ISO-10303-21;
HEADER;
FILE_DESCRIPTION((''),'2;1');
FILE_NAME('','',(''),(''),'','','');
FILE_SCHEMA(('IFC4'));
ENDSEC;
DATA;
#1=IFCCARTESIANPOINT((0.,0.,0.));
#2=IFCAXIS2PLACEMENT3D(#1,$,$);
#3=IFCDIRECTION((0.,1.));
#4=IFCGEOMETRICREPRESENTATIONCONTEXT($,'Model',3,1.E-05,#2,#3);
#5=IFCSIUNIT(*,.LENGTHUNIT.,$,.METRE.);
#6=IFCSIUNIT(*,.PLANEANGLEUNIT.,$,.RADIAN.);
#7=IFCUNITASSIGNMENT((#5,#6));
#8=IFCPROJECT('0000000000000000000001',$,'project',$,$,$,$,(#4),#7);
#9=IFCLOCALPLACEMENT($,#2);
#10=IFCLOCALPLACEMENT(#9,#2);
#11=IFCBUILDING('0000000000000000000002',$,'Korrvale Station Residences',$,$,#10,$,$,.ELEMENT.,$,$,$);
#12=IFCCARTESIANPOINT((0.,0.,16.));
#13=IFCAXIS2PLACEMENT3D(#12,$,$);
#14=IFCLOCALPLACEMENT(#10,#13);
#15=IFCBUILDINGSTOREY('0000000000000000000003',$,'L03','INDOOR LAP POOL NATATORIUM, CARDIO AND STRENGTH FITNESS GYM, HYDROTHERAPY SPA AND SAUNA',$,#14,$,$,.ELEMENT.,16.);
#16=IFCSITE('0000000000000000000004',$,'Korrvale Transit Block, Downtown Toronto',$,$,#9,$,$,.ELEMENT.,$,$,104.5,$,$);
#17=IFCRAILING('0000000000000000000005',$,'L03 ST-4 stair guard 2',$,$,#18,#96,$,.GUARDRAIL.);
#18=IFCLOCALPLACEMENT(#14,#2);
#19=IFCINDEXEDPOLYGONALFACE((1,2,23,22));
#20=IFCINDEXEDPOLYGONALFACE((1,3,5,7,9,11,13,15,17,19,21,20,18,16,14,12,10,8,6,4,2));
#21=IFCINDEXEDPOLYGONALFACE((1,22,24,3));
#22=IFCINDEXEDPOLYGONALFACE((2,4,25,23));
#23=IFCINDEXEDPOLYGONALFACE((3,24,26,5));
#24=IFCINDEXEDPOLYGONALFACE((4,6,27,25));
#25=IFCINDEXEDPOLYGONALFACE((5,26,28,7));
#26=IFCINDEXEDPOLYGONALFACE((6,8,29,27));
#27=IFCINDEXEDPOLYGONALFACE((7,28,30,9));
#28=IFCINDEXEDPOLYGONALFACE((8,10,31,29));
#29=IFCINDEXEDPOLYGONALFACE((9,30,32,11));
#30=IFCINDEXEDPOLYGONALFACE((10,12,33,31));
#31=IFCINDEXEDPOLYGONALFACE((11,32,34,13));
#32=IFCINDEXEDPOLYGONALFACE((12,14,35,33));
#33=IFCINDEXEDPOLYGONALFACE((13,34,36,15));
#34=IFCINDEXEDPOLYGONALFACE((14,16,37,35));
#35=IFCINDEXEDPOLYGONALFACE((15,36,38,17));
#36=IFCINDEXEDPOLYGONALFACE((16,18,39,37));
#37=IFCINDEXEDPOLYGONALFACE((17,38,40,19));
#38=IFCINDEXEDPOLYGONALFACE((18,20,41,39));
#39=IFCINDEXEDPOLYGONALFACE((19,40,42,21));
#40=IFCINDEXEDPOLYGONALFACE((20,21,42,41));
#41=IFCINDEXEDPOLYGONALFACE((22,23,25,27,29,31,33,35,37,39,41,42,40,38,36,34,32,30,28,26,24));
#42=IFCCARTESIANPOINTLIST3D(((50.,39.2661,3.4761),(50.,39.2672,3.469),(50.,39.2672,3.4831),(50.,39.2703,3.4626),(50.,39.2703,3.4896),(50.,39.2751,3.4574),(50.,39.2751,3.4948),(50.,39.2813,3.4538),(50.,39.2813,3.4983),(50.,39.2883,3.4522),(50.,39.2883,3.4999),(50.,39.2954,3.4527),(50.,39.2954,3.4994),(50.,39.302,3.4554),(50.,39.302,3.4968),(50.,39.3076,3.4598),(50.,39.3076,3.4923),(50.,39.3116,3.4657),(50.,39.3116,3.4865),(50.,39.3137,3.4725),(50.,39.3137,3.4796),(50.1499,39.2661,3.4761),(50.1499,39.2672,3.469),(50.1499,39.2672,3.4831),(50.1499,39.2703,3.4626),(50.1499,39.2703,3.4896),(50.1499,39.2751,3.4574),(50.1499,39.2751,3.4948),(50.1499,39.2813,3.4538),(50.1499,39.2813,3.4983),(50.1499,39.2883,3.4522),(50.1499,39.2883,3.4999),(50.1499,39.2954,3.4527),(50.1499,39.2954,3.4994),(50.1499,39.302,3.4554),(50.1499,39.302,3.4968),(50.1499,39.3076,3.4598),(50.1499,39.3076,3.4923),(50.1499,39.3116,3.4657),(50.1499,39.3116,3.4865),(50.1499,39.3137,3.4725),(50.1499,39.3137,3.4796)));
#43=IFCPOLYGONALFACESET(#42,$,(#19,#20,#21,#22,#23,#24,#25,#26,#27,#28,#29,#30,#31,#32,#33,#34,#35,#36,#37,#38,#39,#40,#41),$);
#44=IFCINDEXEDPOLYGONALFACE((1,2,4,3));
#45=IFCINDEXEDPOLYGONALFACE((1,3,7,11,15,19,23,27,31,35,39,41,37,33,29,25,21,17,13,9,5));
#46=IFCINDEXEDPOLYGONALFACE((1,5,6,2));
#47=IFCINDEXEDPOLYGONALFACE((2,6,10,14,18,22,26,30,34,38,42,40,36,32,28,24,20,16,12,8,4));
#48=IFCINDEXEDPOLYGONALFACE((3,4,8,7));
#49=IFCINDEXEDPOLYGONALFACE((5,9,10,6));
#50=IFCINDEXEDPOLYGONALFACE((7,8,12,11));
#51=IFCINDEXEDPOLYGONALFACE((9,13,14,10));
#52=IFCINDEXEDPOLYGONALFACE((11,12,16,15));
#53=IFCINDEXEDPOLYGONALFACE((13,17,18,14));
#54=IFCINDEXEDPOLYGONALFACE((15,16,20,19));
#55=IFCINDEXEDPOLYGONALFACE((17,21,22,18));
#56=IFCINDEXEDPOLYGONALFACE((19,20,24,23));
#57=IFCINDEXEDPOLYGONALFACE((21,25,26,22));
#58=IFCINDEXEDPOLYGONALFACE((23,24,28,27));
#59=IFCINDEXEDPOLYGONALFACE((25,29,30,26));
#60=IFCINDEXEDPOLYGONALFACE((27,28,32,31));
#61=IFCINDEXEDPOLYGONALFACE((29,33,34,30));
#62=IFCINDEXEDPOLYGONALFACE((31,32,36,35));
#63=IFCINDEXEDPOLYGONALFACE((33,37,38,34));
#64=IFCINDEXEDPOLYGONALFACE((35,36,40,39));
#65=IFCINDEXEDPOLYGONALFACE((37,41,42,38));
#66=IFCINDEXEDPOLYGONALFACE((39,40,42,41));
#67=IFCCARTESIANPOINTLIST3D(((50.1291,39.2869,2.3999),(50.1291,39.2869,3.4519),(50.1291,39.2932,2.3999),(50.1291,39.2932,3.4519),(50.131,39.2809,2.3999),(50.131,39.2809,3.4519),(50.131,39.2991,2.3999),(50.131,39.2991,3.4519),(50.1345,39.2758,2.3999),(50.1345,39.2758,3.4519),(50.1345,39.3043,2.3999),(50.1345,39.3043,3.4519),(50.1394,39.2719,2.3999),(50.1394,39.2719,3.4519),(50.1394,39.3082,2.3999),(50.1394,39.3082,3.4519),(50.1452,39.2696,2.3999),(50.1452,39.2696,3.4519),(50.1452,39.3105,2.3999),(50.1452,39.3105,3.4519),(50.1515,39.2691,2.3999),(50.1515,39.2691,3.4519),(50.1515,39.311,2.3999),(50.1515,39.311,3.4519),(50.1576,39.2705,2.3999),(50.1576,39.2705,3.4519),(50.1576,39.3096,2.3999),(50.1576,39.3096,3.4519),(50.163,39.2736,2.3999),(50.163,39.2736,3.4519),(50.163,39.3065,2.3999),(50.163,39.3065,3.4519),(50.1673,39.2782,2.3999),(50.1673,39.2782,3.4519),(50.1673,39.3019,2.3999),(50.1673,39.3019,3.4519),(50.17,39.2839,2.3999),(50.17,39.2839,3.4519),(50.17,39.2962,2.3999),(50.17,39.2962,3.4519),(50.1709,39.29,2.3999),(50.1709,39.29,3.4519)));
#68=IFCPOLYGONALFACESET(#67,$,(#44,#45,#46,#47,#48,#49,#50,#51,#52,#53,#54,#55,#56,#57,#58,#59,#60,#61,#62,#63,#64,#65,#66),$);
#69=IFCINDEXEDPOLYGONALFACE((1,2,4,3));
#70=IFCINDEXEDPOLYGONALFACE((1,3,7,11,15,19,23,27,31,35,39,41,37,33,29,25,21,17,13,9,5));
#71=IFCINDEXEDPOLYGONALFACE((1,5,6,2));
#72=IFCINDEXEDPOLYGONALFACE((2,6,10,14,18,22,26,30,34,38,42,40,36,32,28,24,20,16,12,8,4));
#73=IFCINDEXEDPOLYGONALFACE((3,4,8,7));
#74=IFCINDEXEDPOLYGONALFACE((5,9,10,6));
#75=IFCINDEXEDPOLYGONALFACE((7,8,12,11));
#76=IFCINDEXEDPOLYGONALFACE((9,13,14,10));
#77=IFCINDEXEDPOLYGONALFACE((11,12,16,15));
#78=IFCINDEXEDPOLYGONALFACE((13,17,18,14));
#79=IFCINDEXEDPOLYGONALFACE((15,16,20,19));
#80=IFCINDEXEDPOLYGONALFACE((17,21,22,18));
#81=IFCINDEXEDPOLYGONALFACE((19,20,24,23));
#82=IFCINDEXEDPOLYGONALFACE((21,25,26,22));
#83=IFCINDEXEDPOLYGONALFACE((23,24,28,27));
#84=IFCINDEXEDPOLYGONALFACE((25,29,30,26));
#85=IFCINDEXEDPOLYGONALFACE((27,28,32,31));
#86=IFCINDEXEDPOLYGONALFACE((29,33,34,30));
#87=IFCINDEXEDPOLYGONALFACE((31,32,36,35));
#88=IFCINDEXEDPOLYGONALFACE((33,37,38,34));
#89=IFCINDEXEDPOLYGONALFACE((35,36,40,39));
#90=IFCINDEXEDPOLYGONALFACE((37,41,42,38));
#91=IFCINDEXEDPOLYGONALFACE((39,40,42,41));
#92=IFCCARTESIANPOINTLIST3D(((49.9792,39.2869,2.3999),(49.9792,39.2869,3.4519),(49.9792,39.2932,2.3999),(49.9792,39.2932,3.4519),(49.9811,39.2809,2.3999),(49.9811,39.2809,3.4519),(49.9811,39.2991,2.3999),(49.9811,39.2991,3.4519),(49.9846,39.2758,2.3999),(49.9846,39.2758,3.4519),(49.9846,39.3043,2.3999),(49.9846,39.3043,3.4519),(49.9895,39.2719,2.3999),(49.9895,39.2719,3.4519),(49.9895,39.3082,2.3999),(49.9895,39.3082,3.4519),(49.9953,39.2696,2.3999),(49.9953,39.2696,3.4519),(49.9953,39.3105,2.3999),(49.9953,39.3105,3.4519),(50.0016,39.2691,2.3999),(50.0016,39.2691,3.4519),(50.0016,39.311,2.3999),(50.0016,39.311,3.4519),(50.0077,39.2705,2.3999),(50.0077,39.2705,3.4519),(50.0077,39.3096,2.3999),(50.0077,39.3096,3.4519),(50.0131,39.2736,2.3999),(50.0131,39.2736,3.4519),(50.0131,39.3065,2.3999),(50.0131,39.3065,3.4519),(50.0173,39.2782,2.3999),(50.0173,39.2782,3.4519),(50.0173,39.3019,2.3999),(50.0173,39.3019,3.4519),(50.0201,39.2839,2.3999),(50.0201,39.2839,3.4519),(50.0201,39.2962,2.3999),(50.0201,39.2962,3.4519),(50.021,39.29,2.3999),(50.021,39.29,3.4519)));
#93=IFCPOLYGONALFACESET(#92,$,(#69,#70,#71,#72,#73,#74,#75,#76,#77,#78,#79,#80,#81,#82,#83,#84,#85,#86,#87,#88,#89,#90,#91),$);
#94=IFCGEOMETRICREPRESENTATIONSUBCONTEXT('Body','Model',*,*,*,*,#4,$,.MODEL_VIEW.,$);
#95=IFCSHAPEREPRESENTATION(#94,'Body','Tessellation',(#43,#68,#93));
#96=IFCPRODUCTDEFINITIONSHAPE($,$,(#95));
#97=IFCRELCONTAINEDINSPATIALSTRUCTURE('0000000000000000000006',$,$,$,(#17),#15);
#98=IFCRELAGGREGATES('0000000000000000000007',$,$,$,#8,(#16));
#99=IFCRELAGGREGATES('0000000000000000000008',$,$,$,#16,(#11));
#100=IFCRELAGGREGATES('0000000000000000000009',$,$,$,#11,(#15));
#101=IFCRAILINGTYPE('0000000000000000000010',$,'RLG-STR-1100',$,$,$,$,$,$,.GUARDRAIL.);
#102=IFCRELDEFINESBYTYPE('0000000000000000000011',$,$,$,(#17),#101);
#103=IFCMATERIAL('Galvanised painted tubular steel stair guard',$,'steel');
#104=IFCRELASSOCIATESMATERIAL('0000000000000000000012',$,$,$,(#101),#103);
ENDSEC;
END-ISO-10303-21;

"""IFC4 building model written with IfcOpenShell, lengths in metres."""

from ifc_helpers import new_model, si_unit, direction, frame, origin, origin_2d, place, context, subcontext, project, spatial, circle, extrude, material, type_object, element, save


model = new_model("IFC4")

# Units and contexts
model_context = context("Model", 3, precision=1e-05, world=origin(), true_north=direction((0.0, 1.0)))
body_context = subcontext(model_context, "Body", "Model", "MODEL_VIEW")
ifc_project = project(units=[si_unit("LENGTHUNIT", "METRE"), si_unit("PLANEANGLEUNIT", "RADIAN")], contexts=[model_context])

# Site, building, storey
site_placement = place(None, origin())
site = spatial("IfcSite", under=ifc_project, at=site_placement, Name="Korrvale Transit Block, Downtown Toronto", CompositionType="ELEMENT", RefElevation=104.5)
building_placement = place(site_placement, origin())
building = spatial("IfcBuilding", under=site, at=building_placement, Name="Korrvale Station Residences", CompositionType="ELEMENT")
storey_placement = place(building_placement, frame((0.0, 0.0, 16.0)))
storey = spatial("IfcBuildingStorey", under=building, at=storey_placement, Name="L03", Description="INDOOR LAP POOL NATATORIUM, CARDIO AND STRENGTH FITNESS GYM, HYDROTHERAPY SPA AND SAUNA", CompositionType="ELEMENT", Elevation=16.0)

# Railing
ifc_material_1 = material(Name="Galvanised painted tubular steel stair guard", Category="steel")
railing_type_1 = type_object("IfcRailingType", Name="RLG-STR-1100", PredefinedType="GUARDRAIL", material=ifc_material_1)
railing_1_placement = place(storey_placement, frame((50.1499, 39.29, 2.3999)))
element("IfcRailing", 1, at=railing_1_placement, inside=storey, type_object=railing_type_1, Name="L03 ST-4 stair guard 2", PredefinedType="GUARDRAIL", context=body_context, shape_type="SweptSolid", body=[
    extrude(circle(Radius=0.0239, at=origin_2d()), frame((0.0, 0.0, 1.0762), z_axis=(-1.0, 0.0, 0.0), x_axis=(0.0, -1.0, 0.0)), (0.0, 0.0, 1.0), 0.1499),
    extrude(circle(Radius=0.021, at=origin_2d()), origin(), (0.0, 0.0, 1.0), 1.052),
    extrude(circle(Radius=0.021, at=origin_2d()), frame((-0.1499, 0.0, 0.0)), (0.0, 0.0, 1.0), 1.052),
])

save(model, "model.ifc")
